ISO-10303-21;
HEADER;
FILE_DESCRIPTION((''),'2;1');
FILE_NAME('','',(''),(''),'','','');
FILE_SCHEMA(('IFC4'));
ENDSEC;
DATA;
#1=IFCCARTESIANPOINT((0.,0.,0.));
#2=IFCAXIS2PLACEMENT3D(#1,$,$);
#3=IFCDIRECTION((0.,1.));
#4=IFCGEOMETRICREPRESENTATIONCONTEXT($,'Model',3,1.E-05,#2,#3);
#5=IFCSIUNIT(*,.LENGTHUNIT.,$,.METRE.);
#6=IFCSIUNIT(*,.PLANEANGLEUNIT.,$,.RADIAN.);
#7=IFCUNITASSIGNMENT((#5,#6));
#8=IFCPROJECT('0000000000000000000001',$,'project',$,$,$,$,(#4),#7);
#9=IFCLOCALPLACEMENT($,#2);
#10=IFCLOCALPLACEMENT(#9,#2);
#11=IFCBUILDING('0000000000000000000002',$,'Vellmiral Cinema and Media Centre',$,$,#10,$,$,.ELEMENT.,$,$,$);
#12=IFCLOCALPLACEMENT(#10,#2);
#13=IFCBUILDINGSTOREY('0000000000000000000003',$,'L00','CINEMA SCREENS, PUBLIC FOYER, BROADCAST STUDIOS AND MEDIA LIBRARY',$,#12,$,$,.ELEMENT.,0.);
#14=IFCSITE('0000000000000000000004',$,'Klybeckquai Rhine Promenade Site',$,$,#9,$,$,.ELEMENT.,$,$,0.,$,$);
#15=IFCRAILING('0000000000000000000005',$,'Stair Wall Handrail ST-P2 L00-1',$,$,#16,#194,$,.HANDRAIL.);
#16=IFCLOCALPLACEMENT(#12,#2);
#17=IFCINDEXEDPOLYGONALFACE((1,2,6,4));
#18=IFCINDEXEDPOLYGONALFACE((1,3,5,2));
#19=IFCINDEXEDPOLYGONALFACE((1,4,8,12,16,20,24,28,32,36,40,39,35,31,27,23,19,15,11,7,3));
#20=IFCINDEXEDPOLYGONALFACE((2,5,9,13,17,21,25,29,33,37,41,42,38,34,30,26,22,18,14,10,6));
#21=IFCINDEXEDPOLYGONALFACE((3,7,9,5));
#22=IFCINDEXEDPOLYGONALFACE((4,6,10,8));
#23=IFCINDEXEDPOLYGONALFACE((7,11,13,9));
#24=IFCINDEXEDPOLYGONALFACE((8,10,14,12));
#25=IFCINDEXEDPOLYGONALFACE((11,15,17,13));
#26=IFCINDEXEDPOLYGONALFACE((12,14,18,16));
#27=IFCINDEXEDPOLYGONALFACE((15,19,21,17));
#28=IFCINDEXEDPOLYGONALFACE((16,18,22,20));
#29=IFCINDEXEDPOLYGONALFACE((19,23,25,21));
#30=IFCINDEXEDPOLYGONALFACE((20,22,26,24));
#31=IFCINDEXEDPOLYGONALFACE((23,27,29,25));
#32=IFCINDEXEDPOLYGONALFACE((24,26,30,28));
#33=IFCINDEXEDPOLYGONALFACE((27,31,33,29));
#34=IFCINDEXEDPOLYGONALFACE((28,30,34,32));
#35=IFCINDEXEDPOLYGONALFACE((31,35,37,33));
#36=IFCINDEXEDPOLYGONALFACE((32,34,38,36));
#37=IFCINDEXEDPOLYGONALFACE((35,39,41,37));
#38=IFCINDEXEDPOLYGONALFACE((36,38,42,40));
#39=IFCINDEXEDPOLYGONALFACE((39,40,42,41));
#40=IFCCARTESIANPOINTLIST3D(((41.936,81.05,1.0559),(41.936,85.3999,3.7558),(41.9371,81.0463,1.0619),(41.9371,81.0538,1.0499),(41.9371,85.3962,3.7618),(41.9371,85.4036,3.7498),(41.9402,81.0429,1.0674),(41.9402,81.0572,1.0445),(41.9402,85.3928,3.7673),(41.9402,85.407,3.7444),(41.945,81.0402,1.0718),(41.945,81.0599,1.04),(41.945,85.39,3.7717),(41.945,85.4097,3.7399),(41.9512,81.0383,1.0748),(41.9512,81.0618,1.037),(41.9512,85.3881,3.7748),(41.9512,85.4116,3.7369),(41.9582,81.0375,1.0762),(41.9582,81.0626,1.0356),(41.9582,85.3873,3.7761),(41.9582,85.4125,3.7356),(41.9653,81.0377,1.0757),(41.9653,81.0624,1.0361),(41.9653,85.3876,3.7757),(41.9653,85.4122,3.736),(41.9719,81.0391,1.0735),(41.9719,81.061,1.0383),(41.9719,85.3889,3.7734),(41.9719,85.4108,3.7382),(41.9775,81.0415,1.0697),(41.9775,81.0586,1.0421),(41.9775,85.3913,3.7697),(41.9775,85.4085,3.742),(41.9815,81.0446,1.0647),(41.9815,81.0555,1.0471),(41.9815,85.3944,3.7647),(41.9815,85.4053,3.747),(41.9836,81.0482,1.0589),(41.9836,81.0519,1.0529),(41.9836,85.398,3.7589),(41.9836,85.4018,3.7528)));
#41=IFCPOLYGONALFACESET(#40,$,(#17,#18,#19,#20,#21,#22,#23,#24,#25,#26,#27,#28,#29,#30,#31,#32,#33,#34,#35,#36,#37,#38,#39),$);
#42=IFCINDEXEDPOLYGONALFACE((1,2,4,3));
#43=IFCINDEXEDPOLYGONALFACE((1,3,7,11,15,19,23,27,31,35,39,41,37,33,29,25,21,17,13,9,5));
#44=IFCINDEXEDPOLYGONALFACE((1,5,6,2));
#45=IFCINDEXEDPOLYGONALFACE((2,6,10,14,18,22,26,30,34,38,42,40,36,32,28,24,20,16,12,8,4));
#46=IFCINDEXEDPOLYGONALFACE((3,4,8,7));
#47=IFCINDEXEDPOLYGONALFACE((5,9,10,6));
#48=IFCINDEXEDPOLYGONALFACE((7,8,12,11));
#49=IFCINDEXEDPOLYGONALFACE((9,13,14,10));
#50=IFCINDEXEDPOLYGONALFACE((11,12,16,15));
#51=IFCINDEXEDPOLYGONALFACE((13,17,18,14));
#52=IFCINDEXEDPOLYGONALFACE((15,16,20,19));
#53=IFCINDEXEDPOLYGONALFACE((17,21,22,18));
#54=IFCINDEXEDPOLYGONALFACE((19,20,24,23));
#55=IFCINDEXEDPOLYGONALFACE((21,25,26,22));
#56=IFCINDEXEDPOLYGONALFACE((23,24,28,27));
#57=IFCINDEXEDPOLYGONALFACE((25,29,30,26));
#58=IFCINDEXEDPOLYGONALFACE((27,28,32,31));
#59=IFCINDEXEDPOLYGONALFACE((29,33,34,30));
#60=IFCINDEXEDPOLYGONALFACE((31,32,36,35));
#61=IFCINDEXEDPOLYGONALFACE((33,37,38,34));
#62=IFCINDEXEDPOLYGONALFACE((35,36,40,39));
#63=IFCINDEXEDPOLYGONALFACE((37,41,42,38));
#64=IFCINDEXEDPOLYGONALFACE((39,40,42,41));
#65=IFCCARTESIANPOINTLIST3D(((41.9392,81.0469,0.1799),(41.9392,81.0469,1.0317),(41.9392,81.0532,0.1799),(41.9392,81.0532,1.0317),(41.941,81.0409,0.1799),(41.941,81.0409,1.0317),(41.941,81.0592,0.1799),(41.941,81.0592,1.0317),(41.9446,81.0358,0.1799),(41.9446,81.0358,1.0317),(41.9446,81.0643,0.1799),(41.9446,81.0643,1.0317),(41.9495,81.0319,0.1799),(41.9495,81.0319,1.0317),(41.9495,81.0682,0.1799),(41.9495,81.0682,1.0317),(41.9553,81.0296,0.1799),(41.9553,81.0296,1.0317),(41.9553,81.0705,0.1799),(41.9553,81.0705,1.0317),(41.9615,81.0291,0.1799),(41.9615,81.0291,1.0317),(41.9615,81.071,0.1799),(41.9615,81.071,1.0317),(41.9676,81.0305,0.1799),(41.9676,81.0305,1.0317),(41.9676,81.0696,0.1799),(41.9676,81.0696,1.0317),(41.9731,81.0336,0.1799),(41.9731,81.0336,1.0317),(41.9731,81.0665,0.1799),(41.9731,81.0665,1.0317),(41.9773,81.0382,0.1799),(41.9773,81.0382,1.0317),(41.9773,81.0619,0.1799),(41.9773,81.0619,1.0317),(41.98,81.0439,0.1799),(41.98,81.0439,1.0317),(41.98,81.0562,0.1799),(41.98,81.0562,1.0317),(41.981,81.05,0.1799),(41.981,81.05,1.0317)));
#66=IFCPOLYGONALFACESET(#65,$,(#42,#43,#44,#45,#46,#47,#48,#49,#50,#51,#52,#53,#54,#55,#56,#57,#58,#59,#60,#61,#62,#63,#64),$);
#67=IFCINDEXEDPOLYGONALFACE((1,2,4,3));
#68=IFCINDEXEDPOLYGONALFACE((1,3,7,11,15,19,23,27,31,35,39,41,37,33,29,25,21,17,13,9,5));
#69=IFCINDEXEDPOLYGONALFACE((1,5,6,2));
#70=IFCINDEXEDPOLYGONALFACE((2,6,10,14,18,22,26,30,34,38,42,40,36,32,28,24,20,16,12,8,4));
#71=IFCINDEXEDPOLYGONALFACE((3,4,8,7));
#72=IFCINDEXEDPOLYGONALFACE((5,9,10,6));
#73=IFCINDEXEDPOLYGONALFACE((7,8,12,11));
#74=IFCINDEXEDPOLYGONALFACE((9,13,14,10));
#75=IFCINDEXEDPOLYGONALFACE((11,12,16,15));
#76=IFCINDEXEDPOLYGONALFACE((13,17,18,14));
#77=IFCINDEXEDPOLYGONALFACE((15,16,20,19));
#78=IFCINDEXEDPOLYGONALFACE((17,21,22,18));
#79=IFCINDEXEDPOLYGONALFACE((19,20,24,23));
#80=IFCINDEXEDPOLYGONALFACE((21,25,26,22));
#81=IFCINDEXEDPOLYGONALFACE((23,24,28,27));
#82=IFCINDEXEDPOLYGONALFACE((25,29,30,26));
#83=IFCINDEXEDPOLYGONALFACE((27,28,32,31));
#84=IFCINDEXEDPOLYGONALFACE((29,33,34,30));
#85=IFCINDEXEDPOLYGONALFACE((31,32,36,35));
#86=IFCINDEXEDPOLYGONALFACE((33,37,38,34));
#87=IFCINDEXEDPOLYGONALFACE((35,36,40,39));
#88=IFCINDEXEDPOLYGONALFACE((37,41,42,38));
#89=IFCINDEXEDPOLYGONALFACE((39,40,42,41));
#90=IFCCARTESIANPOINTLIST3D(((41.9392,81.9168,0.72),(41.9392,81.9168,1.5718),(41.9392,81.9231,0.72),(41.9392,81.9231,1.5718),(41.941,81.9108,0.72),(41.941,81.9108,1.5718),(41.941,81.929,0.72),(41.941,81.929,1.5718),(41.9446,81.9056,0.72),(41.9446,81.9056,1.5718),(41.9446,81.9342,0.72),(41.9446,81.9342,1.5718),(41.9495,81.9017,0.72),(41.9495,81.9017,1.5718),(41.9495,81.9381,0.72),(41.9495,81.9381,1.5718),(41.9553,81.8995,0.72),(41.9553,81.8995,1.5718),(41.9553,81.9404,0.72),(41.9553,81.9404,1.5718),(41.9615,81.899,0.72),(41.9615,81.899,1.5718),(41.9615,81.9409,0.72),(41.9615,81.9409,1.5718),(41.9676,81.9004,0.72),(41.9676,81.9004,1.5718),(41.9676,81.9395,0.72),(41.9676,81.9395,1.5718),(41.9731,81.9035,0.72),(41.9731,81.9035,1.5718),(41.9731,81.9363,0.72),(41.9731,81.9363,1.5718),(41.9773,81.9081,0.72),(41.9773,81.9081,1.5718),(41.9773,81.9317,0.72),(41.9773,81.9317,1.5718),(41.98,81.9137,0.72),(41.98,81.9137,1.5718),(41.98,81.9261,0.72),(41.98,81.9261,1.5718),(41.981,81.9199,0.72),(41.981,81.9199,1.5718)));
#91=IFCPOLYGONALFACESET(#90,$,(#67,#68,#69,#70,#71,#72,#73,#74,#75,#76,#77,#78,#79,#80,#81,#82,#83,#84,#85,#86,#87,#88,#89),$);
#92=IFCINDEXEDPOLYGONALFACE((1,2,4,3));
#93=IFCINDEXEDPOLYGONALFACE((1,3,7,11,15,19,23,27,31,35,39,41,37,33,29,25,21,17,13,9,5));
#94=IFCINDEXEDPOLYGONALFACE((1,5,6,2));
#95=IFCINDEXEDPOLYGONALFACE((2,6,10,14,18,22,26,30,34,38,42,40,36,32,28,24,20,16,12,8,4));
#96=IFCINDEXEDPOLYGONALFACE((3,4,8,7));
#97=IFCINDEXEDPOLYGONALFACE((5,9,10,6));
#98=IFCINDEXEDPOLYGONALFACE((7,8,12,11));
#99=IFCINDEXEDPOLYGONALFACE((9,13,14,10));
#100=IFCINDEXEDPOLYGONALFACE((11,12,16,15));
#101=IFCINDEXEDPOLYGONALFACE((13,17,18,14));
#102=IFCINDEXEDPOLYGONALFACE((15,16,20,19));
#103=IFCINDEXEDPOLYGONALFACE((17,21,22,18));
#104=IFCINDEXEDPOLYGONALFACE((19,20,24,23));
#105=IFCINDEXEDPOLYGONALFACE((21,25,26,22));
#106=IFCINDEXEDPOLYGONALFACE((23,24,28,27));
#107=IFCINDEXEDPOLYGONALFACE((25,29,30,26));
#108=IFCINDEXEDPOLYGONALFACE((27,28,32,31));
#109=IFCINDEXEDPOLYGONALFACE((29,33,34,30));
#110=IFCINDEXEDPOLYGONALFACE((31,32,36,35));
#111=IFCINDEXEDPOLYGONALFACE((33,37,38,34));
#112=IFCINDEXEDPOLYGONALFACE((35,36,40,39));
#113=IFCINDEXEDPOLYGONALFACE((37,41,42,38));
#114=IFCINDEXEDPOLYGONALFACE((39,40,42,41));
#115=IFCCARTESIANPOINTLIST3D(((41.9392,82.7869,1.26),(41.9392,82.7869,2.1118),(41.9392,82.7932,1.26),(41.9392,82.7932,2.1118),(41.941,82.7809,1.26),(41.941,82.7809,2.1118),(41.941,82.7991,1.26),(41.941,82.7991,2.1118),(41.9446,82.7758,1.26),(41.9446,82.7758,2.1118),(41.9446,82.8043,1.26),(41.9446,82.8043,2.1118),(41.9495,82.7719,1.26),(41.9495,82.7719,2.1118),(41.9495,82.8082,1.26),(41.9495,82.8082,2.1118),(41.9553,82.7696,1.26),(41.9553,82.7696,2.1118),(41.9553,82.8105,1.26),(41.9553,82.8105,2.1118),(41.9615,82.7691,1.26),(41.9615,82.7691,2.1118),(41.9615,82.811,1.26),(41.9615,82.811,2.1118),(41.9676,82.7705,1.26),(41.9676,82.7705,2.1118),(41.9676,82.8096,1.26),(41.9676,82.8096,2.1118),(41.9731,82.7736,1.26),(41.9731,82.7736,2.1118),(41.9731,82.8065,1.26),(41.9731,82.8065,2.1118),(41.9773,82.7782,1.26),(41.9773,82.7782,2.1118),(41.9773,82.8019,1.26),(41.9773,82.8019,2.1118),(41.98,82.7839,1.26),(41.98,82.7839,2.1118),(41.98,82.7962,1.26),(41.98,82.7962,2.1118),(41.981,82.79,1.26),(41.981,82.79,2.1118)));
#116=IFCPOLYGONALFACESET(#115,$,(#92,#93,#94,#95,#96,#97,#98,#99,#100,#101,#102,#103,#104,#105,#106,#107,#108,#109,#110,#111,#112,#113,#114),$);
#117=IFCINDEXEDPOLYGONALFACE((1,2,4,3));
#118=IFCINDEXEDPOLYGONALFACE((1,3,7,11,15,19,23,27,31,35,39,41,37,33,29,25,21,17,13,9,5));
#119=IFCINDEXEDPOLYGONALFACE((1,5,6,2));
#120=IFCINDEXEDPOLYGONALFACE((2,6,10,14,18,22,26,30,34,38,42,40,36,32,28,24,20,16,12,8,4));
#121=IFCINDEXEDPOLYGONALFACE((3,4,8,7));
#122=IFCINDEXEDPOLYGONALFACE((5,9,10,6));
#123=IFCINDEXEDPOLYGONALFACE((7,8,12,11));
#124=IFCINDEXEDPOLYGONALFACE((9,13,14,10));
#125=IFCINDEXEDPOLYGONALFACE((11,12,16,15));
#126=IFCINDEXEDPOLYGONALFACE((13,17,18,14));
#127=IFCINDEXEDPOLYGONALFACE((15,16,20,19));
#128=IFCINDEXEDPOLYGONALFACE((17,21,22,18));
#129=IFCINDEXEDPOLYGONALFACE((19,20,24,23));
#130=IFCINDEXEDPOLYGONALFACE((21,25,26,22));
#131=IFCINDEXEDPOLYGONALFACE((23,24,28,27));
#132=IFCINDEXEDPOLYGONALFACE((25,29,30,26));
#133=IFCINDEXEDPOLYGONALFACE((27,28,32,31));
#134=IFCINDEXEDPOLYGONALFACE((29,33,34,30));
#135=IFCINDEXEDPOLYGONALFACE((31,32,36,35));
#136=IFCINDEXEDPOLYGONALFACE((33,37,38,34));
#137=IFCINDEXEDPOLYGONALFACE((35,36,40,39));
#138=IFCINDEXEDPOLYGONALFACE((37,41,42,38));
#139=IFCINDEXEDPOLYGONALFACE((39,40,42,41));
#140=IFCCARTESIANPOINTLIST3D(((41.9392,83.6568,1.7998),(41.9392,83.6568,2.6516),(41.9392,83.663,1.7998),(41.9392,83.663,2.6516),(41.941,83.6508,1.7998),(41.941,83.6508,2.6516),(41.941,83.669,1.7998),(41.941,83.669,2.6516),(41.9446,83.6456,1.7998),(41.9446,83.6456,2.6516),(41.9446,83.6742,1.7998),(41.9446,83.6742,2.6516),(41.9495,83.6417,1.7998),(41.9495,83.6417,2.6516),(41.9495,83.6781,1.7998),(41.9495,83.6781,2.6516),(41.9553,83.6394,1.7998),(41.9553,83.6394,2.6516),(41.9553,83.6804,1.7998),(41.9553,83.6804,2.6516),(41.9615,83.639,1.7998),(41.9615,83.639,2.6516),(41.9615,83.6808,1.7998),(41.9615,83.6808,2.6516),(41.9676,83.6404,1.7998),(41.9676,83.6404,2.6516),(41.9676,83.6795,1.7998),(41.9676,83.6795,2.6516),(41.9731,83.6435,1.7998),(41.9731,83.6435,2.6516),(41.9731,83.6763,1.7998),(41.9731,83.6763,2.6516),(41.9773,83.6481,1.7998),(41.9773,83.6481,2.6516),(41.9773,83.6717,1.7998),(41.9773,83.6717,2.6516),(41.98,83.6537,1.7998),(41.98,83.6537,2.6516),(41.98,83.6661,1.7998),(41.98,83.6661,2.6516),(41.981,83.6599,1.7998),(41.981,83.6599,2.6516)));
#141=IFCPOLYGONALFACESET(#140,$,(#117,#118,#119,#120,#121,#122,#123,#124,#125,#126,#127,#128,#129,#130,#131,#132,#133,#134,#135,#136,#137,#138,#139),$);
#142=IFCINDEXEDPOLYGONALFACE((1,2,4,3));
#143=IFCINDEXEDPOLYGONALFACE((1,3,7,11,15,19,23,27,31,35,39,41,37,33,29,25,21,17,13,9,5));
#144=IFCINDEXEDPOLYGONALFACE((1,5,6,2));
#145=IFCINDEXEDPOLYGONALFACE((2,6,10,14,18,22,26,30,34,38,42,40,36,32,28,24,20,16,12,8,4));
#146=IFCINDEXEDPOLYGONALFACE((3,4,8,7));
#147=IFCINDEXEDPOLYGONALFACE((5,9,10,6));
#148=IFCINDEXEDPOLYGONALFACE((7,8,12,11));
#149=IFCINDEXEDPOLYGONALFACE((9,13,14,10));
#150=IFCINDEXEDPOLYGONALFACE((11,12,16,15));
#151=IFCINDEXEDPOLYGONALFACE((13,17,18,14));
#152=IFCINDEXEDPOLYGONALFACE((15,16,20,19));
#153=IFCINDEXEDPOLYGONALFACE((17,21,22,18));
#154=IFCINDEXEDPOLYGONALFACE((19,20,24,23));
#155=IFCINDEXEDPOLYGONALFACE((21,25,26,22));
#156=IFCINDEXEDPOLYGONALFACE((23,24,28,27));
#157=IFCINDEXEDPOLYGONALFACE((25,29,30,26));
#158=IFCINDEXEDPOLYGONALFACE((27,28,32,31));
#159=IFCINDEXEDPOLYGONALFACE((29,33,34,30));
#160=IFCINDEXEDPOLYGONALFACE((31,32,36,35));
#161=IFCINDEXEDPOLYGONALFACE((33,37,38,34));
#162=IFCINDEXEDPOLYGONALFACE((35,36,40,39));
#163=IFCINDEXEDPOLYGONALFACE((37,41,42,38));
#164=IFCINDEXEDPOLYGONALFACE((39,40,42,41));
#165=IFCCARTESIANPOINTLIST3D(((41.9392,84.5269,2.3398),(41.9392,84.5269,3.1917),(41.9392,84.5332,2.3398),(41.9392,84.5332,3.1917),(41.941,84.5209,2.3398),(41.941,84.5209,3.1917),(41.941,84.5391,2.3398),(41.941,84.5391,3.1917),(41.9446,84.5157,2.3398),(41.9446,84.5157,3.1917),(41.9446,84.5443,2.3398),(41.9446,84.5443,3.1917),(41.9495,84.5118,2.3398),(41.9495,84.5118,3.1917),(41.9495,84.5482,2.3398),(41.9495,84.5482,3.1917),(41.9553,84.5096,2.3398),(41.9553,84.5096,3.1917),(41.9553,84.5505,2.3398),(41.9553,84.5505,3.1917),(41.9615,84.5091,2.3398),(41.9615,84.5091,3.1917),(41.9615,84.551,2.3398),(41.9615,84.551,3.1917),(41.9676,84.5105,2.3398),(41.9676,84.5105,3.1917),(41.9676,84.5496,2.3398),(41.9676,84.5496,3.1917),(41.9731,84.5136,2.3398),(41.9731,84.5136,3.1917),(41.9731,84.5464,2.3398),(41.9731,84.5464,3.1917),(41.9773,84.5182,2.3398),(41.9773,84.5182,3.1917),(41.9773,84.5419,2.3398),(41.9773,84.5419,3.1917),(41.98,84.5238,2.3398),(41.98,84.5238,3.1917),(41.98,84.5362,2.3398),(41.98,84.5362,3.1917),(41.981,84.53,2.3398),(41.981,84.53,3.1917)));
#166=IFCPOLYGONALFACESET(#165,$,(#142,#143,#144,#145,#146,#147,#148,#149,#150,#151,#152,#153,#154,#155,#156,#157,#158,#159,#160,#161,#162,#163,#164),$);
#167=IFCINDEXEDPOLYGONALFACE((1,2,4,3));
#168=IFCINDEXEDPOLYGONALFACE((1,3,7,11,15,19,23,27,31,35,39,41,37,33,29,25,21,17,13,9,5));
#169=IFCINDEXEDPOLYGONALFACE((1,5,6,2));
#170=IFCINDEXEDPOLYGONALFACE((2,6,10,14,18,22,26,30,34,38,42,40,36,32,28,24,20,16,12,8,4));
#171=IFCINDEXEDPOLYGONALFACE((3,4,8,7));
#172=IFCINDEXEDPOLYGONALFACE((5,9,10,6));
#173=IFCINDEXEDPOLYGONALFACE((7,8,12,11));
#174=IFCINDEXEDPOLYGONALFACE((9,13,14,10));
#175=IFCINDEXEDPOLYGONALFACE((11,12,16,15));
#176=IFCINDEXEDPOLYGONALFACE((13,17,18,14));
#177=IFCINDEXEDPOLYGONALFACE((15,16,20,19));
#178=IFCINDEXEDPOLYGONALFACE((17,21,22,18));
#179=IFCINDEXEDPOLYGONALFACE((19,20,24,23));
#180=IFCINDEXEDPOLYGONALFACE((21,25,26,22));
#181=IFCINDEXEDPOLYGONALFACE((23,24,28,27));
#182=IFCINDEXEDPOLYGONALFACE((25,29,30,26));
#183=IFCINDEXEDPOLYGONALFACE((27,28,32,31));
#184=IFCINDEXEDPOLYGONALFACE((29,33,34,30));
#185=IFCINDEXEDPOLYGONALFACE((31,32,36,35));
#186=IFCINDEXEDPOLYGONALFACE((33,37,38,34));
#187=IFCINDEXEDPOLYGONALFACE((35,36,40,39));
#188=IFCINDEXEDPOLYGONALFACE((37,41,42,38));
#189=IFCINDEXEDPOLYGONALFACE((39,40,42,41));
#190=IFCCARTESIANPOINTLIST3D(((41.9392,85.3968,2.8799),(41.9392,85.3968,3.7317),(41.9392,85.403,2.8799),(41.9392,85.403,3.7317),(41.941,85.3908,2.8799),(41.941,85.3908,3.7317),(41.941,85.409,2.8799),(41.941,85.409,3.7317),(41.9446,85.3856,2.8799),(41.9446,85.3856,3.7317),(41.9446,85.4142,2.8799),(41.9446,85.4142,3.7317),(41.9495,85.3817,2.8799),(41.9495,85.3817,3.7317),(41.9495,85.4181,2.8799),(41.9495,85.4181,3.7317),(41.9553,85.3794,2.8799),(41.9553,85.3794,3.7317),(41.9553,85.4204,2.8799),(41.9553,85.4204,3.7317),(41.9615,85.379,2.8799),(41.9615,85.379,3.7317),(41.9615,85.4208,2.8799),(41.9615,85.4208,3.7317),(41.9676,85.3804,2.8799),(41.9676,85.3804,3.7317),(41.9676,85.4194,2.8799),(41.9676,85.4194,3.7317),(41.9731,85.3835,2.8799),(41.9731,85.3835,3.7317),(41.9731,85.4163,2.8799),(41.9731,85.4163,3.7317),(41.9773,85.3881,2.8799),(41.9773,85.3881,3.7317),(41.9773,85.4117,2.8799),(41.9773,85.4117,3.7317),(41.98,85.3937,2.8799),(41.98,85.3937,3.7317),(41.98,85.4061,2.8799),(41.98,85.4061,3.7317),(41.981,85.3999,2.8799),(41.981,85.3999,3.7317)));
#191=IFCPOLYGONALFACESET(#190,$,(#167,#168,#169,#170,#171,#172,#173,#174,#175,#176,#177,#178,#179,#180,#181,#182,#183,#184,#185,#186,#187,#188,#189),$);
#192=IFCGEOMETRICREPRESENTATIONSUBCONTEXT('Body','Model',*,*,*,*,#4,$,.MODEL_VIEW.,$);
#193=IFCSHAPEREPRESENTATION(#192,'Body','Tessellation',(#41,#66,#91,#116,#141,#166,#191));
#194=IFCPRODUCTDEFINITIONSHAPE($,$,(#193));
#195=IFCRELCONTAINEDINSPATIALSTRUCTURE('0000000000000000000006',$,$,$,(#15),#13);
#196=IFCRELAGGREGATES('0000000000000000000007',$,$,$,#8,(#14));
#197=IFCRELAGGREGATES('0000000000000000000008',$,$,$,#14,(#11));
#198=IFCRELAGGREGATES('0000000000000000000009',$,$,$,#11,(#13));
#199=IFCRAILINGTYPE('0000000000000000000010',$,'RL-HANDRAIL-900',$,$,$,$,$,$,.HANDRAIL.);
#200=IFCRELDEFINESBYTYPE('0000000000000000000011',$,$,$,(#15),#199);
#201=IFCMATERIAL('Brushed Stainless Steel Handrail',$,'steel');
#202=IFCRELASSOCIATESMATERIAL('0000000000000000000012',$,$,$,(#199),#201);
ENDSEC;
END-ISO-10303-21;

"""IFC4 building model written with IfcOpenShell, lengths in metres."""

from ifc_helpers import new_model, si_unit, direction, frame, origin, origin_2d, place, context, subcontext, project, spatial, circle, extrude, material, type_object, element, save


model = new_model("IFC4")

# Units and contexts
model_context = context("Model", 3, precision=1e-05, world=origin(), true_north=direction((0.0, 1.0)))
body_context = subcontext(model_context, "Body", "Model", "MODEL_VIEW")
ifc_project = project(units=[si_unit("LENGTHUNIT", "METRE"), si_unit("PLANEANGLEUNIT", "RADIAN")], contexts=[model_context])

# Site, building, storey
site_placement = place(None, origin())
site = spatial("IfcSite", under=ifc_project, at=site_placement, Name="Klybeckquai Rhine Promenade Site", CompositionType="ELEMENT", RefElevation=0.0)
building_placement = place(site_placement, origin())
building = spatial("IfcBuilding", under=site, at=building_placement, Name="Vellmiral Cinema and Media Centre", CompositionType="ELEMENT")
storey_placement = place(building_placement, origin())
storey = spatial("IfcBuildingStorey", under=building, at=storey_placement, Name="L00", Description="CINEMA SCREENS, PUBLIC FOYER, BROADCAST STUDIOS AND MEDIA LIBRARY", CompositionType="ELEMENT", Elevation=0.0)

# Railing
ifc_material_1 = material(Name="Brushed Stainless Steel Handrail", Category="steel")
railing_type_1 = type_object("IfcRailingType", Name="RL-HANDRAIL-900", PredefinedType="HANDRAIL", material=ifc_material_1)
railing_1_placement = place(storey_placement, frame((41.96, 81.05, 0.1799)))
element("IfcRailing", 1, at=railing_1_placement, inside=storey, type_object=railing_type_1, Name="Stair Wall Handrail ST-P2 L00-1", PredefinedType="HANDRAIL", context=body_context, shape_type="SweptSolid", body=[
    extrude(circle(Radius=0.0239, at=origin_2d()), frame((0.0, 0.0, 0.876), z_axis=(0.0, 0.849636, 0.527369), x_axis=(-1.0, 0.0, 0.0)), (0.0, 0.0, 1.0), 5.1196),
    extrude(circle(Radius=0.021, at=origin_2d()), origin(), (0.0, 0.0, 1.0), 0.8518),
    extrude(circle(Radius=0.021, at=origin_2d()), frame((0.0, 0.8699, 0.54)), (0.0, 0.0, 1.0), 0.8518),
    extrude(circle(Radius=0.021, at=origin_2d()), frame((0.0, 1.74, 1.0801)), (0.0, 0.0, 1.0), 0.8518),
    extrude(circle(Radius=0.021, at=origin_2d()), frame((0.0, 2.6099, 1.6199)), (0.0, 0.0, 1.0), 0.8518),
    extrude(circle(Radius=0.021, at=origin_2d()), frame((0.0, 3.48, 2.1599)), (0.0, 0.0, 1.0), 0.8518),
    extrude(circle(Radius=0.021, at=origin_2d()), frame((0.0, 4.3499, 2.7)), (0.0, 0.0, 1.0), 0.8518),
])

save(model, "model.ifc")
